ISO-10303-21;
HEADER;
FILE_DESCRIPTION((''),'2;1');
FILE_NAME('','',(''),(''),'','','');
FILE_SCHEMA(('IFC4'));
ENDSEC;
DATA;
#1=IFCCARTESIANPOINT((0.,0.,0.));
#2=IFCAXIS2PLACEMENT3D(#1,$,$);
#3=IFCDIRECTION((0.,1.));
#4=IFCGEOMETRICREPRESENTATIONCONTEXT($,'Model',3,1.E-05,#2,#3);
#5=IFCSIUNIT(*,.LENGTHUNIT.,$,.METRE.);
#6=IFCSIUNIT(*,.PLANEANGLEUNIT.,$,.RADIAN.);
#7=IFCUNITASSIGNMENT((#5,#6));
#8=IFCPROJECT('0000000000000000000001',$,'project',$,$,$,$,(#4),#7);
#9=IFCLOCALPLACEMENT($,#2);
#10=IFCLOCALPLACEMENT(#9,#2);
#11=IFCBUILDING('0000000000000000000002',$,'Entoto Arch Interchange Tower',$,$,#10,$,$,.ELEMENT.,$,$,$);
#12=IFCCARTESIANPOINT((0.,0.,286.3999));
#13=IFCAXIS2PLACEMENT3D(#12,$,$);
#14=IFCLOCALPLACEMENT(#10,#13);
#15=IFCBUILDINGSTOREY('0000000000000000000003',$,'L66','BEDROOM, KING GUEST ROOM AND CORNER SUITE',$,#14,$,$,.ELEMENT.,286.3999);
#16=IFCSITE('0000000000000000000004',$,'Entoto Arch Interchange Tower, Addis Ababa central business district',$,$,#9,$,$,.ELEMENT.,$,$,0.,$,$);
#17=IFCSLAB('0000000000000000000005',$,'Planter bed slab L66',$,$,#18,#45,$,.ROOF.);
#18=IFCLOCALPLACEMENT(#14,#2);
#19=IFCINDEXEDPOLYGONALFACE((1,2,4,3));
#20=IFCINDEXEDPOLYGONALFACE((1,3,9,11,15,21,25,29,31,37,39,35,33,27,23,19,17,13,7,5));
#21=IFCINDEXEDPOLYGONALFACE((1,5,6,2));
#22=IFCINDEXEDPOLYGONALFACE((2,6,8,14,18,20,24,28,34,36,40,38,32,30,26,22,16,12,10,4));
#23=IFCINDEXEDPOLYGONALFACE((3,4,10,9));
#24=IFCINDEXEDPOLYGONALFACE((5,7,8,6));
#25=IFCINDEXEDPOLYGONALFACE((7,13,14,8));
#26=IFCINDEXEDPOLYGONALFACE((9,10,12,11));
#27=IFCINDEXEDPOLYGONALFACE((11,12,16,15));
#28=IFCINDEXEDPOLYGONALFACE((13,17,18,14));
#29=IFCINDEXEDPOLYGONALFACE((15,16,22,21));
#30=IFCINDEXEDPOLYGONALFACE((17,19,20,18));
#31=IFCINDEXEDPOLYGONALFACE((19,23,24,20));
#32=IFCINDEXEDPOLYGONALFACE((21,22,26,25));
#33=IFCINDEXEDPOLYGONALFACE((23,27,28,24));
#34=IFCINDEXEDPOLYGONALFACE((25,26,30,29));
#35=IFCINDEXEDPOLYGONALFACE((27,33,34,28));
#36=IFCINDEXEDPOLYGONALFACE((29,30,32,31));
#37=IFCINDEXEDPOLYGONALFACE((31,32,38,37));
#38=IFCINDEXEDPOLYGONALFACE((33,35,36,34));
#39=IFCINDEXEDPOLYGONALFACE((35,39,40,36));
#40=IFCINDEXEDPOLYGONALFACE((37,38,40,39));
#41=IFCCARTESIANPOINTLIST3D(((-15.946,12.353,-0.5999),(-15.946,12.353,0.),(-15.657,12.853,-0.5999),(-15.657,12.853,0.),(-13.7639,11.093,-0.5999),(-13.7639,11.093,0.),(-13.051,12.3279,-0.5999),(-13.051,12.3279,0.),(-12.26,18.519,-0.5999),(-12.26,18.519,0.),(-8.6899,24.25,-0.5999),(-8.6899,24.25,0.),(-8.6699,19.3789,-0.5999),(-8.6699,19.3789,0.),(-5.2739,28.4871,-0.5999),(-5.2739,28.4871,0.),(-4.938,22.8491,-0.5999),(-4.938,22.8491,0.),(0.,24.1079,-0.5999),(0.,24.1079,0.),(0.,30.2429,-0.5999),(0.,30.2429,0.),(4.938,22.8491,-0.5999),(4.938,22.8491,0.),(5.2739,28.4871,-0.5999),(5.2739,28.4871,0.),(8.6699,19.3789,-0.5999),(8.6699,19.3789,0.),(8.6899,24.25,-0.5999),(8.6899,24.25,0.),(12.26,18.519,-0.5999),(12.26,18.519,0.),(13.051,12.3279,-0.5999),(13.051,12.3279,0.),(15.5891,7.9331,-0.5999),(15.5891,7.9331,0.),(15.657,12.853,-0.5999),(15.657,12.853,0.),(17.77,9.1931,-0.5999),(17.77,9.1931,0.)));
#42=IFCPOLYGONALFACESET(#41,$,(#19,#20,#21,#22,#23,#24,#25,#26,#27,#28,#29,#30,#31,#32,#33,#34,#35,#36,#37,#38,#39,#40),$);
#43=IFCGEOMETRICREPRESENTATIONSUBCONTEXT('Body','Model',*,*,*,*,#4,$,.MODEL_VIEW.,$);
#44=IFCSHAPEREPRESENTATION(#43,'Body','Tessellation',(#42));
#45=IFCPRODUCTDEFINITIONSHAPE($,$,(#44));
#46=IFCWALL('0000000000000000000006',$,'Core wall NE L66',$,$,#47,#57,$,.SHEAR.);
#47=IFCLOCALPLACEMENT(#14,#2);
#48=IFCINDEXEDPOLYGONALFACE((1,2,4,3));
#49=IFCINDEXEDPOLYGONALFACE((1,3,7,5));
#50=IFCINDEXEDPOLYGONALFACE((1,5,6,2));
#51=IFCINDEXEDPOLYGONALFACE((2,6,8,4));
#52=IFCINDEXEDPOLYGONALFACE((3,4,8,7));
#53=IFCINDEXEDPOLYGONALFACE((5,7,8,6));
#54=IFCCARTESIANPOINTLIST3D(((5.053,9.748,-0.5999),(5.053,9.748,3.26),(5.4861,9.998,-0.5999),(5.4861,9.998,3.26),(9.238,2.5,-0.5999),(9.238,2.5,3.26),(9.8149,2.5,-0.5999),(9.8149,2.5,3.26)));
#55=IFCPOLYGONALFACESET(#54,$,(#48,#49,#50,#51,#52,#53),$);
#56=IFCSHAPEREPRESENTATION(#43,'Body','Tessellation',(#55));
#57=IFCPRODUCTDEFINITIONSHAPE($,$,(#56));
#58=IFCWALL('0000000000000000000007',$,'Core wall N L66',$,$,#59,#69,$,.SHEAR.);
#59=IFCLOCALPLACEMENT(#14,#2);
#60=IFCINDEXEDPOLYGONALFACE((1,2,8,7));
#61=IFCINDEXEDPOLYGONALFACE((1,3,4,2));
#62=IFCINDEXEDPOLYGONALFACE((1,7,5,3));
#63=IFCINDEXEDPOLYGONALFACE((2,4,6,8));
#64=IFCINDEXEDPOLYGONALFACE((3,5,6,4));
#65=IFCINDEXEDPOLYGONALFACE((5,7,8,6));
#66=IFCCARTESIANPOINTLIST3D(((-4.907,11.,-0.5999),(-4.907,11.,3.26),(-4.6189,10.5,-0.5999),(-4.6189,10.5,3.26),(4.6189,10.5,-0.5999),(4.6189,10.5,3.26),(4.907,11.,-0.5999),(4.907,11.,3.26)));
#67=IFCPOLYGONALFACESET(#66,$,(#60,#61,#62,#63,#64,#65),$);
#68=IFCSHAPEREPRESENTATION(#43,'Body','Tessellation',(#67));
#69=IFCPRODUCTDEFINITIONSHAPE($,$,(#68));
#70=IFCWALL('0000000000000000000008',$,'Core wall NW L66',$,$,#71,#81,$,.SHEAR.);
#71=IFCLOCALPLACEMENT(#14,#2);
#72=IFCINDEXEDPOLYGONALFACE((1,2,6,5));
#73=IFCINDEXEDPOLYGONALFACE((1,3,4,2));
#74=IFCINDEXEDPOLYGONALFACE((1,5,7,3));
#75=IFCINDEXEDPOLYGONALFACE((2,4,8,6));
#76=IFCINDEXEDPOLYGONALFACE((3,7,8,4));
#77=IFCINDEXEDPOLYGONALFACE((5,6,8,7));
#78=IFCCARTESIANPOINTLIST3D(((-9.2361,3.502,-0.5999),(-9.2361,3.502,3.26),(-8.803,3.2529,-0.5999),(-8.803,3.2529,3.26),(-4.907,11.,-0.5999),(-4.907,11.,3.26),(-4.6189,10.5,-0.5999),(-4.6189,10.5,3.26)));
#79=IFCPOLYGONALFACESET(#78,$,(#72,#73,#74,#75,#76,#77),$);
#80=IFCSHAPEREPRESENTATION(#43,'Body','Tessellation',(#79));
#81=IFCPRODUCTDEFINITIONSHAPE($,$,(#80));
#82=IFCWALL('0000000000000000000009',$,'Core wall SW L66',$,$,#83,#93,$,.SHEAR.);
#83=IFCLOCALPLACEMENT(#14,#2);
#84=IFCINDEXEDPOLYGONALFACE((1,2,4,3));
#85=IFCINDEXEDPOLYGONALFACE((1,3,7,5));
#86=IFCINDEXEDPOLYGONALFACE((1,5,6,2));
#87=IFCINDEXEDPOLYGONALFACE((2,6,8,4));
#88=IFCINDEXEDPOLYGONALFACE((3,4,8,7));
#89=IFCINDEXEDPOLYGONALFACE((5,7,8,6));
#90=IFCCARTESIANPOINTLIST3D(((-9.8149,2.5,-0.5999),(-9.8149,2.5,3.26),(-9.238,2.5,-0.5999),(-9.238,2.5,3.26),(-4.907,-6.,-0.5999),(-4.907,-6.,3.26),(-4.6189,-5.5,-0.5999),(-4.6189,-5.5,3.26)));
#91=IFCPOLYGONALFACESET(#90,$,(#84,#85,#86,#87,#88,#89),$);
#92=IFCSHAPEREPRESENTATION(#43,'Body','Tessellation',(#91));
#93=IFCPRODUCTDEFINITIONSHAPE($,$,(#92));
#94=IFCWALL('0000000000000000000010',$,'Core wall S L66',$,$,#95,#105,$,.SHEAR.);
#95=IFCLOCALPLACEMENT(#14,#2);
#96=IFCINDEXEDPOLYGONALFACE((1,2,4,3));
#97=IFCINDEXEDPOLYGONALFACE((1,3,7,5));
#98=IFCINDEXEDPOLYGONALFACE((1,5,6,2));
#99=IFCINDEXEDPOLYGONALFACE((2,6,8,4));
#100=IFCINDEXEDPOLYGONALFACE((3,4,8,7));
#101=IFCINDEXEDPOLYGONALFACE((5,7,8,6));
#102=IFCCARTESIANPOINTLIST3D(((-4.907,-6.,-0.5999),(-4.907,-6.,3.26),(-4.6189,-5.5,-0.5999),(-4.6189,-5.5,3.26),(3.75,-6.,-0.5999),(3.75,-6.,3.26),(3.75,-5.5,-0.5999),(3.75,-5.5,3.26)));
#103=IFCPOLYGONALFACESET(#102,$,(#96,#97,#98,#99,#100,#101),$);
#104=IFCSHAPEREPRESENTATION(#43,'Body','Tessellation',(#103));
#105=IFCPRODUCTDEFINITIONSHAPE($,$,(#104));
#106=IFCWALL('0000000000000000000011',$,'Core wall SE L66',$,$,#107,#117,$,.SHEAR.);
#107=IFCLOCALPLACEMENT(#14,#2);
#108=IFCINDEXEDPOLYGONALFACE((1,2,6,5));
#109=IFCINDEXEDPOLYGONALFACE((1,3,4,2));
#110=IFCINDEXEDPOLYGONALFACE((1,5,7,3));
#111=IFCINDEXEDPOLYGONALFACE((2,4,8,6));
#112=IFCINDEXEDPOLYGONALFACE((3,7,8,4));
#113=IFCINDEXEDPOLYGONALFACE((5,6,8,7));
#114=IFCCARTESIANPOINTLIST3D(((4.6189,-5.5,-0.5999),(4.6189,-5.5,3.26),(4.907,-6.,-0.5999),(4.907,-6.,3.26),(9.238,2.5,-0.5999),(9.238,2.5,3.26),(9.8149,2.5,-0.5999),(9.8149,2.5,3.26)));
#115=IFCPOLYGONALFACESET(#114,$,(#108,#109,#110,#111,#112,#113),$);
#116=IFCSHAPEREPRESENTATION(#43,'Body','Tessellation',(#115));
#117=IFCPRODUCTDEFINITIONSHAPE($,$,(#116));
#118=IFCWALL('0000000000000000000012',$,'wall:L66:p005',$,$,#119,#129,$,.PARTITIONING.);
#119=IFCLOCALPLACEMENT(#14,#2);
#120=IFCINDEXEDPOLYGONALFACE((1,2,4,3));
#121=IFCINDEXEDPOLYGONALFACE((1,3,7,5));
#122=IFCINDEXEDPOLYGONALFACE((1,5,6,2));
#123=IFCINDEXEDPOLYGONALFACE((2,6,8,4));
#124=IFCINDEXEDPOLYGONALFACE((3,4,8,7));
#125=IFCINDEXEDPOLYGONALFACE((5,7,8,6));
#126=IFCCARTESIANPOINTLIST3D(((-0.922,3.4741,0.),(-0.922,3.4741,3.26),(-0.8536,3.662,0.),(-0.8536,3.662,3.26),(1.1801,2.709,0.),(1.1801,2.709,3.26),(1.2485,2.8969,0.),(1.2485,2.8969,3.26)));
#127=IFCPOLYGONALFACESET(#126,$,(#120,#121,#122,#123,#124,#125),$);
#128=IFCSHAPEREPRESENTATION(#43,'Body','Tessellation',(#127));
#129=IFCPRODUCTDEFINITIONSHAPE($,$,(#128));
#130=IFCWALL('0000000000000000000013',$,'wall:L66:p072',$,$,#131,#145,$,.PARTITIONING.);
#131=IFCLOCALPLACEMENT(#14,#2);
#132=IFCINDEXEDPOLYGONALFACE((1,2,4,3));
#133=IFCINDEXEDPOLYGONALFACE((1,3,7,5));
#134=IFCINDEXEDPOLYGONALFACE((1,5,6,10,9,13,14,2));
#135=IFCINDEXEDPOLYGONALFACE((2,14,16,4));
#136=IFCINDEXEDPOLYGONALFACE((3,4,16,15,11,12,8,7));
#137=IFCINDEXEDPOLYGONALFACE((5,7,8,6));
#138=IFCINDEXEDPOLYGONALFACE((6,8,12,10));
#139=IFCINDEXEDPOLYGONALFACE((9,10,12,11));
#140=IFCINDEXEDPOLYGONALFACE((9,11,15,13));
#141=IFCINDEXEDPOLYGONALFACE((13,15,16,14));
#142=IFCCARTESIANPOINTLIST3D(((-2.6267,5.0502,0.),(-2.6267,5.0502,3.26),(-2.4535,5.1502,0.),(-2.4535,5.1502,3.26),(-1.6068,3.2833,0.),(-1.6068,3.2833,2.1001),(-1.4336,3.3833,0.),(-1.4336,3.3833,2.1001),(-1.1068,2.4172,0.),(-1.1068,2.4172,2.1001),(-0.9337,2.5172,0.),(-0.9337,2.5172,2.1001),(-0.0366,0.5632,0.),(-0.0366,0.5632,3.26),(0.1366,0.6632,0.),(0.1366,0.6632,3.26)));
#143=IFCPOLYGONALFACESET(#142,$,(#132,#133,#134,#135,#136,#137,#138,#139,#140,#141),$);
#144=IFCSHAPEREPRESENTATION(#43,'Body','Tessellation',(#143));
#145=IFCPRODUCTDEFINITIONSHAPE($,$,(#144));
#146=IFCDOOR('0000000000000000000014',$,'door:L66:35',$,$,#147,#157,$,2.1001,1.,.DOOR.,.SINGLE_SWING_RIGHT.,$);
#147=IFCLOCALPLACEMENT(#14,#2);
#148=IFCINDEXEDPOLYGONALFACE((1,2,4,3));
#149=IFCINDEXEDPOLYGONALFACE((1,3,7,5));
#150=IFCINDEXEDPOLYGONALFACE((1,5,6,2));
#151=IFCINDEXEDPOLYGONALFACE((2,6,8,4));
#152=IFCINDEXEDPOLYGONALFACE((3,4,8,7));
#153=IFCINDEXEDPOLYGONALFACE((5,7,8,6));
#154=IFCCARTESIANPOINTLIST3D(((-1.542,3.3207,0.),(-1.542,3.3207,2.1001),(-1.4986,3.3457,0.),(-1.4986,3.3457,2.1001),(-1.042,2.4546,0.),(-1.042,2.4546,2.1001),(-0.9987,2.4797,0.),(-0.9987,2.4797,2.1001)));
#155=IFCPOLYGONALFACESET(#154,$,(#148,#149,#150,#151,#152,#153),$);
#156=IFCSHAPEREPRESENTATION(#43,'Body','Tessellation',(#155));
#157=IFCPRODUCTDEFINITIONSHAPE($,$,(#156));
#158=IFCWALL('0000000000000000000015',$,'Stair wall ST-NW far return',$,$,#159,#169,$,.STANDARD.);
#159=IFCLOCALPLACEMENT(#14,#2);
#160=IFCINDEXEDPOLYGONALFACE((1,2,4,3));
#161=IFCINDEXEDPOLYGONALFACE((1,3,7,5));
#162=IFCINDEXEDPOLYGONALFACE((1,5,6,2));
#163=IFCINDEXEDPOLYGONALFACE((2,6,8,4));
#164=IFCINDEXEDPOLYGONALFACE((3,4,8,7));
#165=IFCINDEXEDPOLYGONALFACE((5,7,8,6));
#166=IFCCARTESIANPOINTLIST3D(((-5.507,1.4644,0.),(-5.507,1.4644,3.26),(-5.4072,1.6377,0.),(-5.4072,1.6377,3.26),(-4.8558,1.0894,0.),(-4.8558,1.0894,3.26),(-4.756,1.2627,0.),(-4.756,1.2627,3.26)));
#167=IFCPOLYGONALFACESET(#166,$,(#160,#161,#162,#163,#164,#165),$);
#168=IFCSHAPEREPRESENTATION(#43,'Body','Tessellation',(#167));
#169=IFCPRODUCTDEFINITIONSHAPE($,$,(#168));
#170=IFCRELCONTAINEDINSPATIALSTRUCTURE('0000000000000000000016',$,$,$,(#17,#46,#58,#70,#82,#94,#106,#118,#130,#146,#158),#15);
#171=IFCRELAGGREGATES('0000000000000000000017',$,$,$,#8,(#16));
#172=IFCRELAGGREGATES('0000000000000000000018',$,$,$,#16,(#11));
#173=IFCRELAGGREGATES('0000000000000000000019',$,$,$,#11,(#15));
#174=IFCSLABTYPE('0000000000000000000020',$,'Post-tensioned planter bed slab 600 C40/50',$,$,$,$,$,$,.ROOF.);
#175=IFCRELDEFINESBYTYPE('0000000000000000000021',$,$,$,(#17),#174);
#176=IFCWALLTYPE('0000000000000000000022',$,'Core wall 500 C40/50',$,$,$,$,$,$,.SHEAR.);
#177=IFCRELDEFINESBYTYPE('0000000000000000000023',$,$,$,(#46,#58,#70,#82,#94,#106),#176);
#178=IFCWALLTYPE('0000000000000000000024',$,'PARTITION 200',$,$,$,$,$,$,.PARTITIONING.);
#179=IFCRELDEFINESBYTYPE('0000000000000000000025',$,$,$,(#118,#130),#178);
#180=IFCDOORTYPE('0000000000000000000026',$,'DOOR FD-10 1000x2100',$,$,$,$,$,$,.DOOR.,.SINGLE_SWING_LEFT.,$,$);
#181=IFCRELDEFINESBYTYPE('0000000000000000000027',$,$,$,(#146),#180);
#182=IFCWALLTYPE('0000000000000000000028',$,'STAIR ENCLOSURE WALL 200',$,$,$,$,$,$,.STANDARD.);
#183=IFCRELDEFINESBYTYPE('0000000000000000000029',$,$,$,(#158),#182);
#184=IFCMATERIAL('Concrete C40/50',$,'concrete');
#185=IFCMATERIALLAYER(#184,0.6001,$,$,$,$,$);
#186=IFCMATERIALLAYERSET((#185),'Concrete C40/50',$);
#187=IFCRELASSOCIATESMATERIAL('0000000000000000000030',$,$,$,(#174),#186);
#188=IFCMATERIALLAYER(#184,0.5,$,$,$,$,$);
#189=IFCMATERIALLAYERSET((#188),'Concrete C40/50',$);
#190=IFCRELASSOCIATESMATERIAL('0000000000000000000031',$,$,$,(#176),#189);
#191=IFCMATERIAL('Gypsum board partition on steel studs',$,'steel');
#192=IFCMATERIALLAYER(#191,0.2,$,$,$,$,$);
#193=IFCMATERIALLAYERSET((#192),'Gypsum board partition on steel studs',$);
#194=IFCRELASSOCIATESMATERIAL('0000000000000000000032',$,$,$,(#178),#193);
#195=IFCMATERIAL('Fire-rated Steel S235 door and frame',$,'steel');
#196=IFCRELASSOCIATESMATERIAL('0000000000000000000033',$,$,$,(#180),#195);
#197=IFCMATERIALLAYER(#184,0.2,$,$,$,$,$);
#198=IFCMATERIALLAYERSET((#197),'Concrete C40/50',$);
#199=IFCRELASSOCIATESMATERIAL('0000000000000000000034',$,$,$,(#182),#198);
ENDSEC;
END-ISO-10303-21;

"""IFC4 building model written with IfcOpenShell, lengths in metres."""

from ifc_helpers import new_model, si_unit, direction, frame, frame_2d, origin, place, context, subcontext, project, spatial, polyline, rectangle, outline, extrude, material, layer, layer_set, type_object, element, fill, save


model = new_model("IFC4")

# Units and contexts
model_context = context("Model", 3, precision=1e-05, world=origin(), true_north=direction((0.0, 1.0)))
body_context = subcontext(model_context, "Body", "Model", "MODEL_VIEW")
ifc_project = project(units=[si_unit("LENGTHUNIT", "METRE"), si_unit("PLANEANGLEUNIT", "RADIAN")], contexts=[model_context])

# Site, building, storey
site_placement = place(None, origin())
site = spatial("IfcSite", under=ifc_project, at=site_placement, Name="Entoto Arch Interchange Tower, Addis Ababa central business district", CompositionType="ELEMENT", RefElevation=0.0)
building_placement = place(site_placement, origin())
building = spatial("IfcBuilding", under=site, at=building_placement, Name="Entoto Arch Interchange Tower", CompositionType="ELEMENT")
storey_placement = place(building_placement, frame((0.0, 0.0, 286.3999)))
storey = spatial("IfcBuildingStorey", under=building, at=storey_placement, Name="L66", Description="BEDROOM, KING GUEST ROOM AND CORNER SUITE", CompositionType="ELEMENT", Elevation=286.3999)

# Shared definitions
ifc_material_1 = material(Name="Concrete C40/50", Category="concrete")

# Slab
ifc_layer_1 = layer(ifc_material_1, 0.6001)
ifc_layer_set_1 = layer_set([ifc_layer_1], Name="Concrete C40/50")
slab_type_1 = type_object("IfcSlabType", Name="Post-tensioned planter bed slab 600 C40/50", PredefinedType="ROOF", material=ifc_layer_set_1)
slab_1_placement = place(storey_placement, frame((0.0, 0.0, -0.5999)))
element("IfcSlab", 1, at=slab_1_placement, inside=storey, type_object=slab_type_1, Name="Planter bed slab L66", PredefinedType="ROOF", context=body_context, shape_type="SweptSolid", body=[
    extrude(outline(polyline([(-13.7639, 11.093), (-13.051, 12.3279), (-8.6699, 19.3789), (-4.938, 22.8491), (0.0, 24.1079), (4.938, 22.8491), (8.6699, 19.3789), (13.051, 12.3279), (15.5891, 7.9331), (17.77, 9.1931), (15.657, 12.853), (12.26, 18.519), (8.6899, 24.25), (5.2739, 28.4871), (0.0, 30.2429), (-5.2739, 28.4871), (-8.6899, 24.25), (-12.26, 18.519), (-15.657, 12.853), (-15.946, 12.353), (-13.7639, 11.093)])), origin(), (0.0, 0.0, 1.0), 0.5999),
])

# Walls
ifc_layer_2 = layer(ifc_material_1, 0.5)
ifc_layer_set_2 = layer_set([ifc_layer_2], Name="Concrete C40/50")
wall_type_1 = type_object("IfcWallType", Name="Core wall 500 C40/50", PredefinedType="SHEAR", material=ifc_layer_set_2)
wall_1_placement = place(storey_placement, frame((0.0, 0.0, -0.5999)))
element("IfcWall", 2, at=wall_1_placement, inside=storey, type_object=wall_type_1, Name="Core wall NE L66", PredefinedType="SHEAR", context=body_context, shape_type="SweptSolid", body=[
    extrude(outline(polyline([(5.4861, 9.998), (5.053, 9.748), (9.238, 2.5), (9.8149, 2.5), (5.4861, 9.998)])), origin(), (0.0, 0.0, 1.0), 3.8599),
])
wall_2_placement = place(storey_placement, frame((0.0, 0.0, -0.5999)))
element("IfcWall", 3, at=wall_2_placement, inside=storey, type_object=wall_type_1, Name="Core wall N L66", PredefinedType="SHEAR", context=body_context, shape_type="SweptSolid", body=[
    extrude(outline(polyline([(4.907, 11.0), (-4.907, 11.0), (-4.6189, 10.5), (4.6189, 10.5), (4.907, 11.0)])), origin(), (0.0, 0.0, 1.0), 3.8599),
])
wall_3_placement = place(storey_placement, frame((0.0, 0.0, -0.5999)))
element("IfcWall", 4, at=wall_3_placement, inside=storey, type_object=wall_type_1, Name="Core wall NW L66", PredefinedType="SHEAR", context=body_context, shape_type="SweptSolid", body=[
    extrude(outline(polyline([(-9.2361, 3.502), (-8.803, 3.2529), (-4.6189, 10.5), (-4.907, 11.0), (-9.2361, 3.502)])), origin(), (0.0, 0.0, 1.0), 3.8599),
])
wall_4_placement = place(storey_placement, frame((0.0, 0.0, -0.5999)))
element("IfcWall", 5, at=wall_4_placement, inside=storey, type_object=wall_type_1, Name="Core wall SW L66", PredefinedType="SHEAR", context=body_context, shape_type="SweptSolid", body=[
    extrude(outline(polyline([(-9.8149, 2.5), (-4.907, -6.0), (-4.6189, -5.5), (-9.238, 2.5), (-9.8149, 2.5)])), origin(), (0.0, 0.0, 1.0), 3.8599),
])
wall_5_placement = place(storey_placement, frame((0.0, 0.0, -0.5999)))
element("IfcWall", 6, at=wall_5_placement, inside=storey, type_object=wall_type_1, Name="Core wall S L66", PredefinedType="SHEAR", context=body_context, shape_type="SweptSolid", body=[
    extrude(outline(polyline([(3.75, -6.0), (3.75, -5.5), (-4.6189, -5.5), (-4.907, -6.0), (3.75, -6.0)])), origin(), (0.0, 0.0, 1.0), 3.8599),
])
wall_6_placement = place(storey_placement, frame((0.0, 0.0, -0.5999)))
element("IfcWall", 7, at=wall_6_placement, inside=storey, type_object=wall_type_1, Name="Core wall SE L66", PredefinedType="SHEAR", context=body_context, shape_type="SweptSolid", body=[
    extrude(outline(polyline([(4.907, -6.0), (9.8149, 2.5), (9.238, 2.5), (4.6189, -5.5), (4.907, -6.0)])), origin(), (0.0, 0.0, 1.0), 3.8599),
])
ifc_material_2 = material(Name="Gypsum board partition on steel studs", Category="steel")
ifc_layer_3 = layer(ifc_material_2, 0.2)
ifc_layer_set_3 = layer_set([ifc_layer_3], Name="Gypsum board partition on steel studs")
wall_type_2 = type_object("IfcWallType", Name="PARTITION 200", PredefinedType="PARTITIONING", material=ifc_layer_set_3)
wall_7_placement = place(storey_placement, frame((-0.8879, 3.5681, 0.0), z_axis=(0.0, 0.0, 1.0), x_axis=(0.939685, -0.342041, 0.0)))
element("IfcWall", 8, at=wall_7_placement, inside=storey, type_object=wall_type_2, Name="wall:L66:p005", PredefinedType="PARTITIONING", context=body_context, shape_type="SweptSolid", body=[
    extrude(rectangle(XDim=2.2371, YDim=0.2, at=frame_2d((1.1187, 0.0))), origin(), (0.0, 0.0, 1.0), 3.26),
])

# Wall, opening, door
wall_8_placement = place(storey_placement, frame((-2.54, 5.1001, 0.0), z_axis=(0.0, 0.0, 1.0), x_axis=(0.499925, -0.866069, 0.0)))
wall_8 = element("IfcWall", 9, at=wall_8_placement, inside=storey, type_object=wall_type_2, Name="wall:L66:p072", PredefinedType="PARTITIONING", context=body_context, shape_type="SweptSolid", body=[
    extrude(rectangle(XDim=5.1809, YDim=0.2, at=frame_2d((2.5903, 0.0))), origin(), (0.0, 0.0, 1.0), 3.26),
])
opening_placement = place(wall_8_placement, frame((2.04, 0.0, 0.0)))
opening = element("IfcOpeningElement", 10, at=opening_placement, cuts=wall_8, PredefinedType="OPENING", context=body_context, shape_type="SweptSolid", body=[
    extrude(rectangle(XDim=1.0, YDim=2.1001, at=frame_2d((0.5, 1.05))), frame((0.0, 0.1099, 0.0), z_axis=(0.0, -1.0, 0.0), x_axis=(1.0, 0.0, 0.0)), (0.0, 0.0, 1.0), 0.22),
])
ifc_material_3 = material(Name="Fire-rated Steel S235 door and frame", Category="steel")
door_type = type_object("IfcDoorType", Name="DOOR FD-10 1000x2100", OperationType="SINGLE_SWING_LEFT", PredefinedType="DOOR", material=ifc_material_3)
door_placement = place(opening_placement, origin())
door = element("IfcDoor", 11, at=door_placement, inside=storey, type_object=door_type, Name="door:L66:35", OperationType="SINGLE_SWING_RIGHT", OverallHeight=2.1001, OverallWidth=1.0, PredefinedType="DOOR", context=body_context, shape_type="SweptSolid", body=[
    extrude(rectangle(XDim=1.0, YDim=2.1001, at=frame_2d((0.5, 1.05))), frame((0.0, 0.0249, 0.0), z_axis=(0.0, -1.0, 0.0), x_axis=(1.0, 0.0, 0.0)), (0.0, 0.0, 1.0), 0.05),
])
fill(opening, door)

# Wall
ifc_layer_4 = layer(ifc_material_1, 0.2)
ifc_layer_set_4 = layer_set([ifc_layer_4], Name="Concrete C40/50")
wall_type_3 = type_object("IfcWallType", Name="STAIR ENCLOSURE WALL 200", PredefinedType="STANDARD", material=ifc_layer_set_4)
wall_9_placement = place(storey_placement, frame((-4.8059, 1.176, 0.0), z_axis=(0.0, 0.0, 1.0), x_axis=(-0.866559, 0.499075, 0.0)))
element("IfcWall", 12, at=wall_9_placement, inside=storey, type_object=wall_type_3, Name="Stair wall ST-NW far return", PredefinedType="STANDARD", context=body_context, shape_type="SweptSolid", body=[
    extrude(rectangle(XDim=0.7515, YDim=0.2, at=frame_2d((0.3757, 0.0))), origin(), (0.0, 0.0, 1.0), 3.26),
])

save(model, "model.ifc")
